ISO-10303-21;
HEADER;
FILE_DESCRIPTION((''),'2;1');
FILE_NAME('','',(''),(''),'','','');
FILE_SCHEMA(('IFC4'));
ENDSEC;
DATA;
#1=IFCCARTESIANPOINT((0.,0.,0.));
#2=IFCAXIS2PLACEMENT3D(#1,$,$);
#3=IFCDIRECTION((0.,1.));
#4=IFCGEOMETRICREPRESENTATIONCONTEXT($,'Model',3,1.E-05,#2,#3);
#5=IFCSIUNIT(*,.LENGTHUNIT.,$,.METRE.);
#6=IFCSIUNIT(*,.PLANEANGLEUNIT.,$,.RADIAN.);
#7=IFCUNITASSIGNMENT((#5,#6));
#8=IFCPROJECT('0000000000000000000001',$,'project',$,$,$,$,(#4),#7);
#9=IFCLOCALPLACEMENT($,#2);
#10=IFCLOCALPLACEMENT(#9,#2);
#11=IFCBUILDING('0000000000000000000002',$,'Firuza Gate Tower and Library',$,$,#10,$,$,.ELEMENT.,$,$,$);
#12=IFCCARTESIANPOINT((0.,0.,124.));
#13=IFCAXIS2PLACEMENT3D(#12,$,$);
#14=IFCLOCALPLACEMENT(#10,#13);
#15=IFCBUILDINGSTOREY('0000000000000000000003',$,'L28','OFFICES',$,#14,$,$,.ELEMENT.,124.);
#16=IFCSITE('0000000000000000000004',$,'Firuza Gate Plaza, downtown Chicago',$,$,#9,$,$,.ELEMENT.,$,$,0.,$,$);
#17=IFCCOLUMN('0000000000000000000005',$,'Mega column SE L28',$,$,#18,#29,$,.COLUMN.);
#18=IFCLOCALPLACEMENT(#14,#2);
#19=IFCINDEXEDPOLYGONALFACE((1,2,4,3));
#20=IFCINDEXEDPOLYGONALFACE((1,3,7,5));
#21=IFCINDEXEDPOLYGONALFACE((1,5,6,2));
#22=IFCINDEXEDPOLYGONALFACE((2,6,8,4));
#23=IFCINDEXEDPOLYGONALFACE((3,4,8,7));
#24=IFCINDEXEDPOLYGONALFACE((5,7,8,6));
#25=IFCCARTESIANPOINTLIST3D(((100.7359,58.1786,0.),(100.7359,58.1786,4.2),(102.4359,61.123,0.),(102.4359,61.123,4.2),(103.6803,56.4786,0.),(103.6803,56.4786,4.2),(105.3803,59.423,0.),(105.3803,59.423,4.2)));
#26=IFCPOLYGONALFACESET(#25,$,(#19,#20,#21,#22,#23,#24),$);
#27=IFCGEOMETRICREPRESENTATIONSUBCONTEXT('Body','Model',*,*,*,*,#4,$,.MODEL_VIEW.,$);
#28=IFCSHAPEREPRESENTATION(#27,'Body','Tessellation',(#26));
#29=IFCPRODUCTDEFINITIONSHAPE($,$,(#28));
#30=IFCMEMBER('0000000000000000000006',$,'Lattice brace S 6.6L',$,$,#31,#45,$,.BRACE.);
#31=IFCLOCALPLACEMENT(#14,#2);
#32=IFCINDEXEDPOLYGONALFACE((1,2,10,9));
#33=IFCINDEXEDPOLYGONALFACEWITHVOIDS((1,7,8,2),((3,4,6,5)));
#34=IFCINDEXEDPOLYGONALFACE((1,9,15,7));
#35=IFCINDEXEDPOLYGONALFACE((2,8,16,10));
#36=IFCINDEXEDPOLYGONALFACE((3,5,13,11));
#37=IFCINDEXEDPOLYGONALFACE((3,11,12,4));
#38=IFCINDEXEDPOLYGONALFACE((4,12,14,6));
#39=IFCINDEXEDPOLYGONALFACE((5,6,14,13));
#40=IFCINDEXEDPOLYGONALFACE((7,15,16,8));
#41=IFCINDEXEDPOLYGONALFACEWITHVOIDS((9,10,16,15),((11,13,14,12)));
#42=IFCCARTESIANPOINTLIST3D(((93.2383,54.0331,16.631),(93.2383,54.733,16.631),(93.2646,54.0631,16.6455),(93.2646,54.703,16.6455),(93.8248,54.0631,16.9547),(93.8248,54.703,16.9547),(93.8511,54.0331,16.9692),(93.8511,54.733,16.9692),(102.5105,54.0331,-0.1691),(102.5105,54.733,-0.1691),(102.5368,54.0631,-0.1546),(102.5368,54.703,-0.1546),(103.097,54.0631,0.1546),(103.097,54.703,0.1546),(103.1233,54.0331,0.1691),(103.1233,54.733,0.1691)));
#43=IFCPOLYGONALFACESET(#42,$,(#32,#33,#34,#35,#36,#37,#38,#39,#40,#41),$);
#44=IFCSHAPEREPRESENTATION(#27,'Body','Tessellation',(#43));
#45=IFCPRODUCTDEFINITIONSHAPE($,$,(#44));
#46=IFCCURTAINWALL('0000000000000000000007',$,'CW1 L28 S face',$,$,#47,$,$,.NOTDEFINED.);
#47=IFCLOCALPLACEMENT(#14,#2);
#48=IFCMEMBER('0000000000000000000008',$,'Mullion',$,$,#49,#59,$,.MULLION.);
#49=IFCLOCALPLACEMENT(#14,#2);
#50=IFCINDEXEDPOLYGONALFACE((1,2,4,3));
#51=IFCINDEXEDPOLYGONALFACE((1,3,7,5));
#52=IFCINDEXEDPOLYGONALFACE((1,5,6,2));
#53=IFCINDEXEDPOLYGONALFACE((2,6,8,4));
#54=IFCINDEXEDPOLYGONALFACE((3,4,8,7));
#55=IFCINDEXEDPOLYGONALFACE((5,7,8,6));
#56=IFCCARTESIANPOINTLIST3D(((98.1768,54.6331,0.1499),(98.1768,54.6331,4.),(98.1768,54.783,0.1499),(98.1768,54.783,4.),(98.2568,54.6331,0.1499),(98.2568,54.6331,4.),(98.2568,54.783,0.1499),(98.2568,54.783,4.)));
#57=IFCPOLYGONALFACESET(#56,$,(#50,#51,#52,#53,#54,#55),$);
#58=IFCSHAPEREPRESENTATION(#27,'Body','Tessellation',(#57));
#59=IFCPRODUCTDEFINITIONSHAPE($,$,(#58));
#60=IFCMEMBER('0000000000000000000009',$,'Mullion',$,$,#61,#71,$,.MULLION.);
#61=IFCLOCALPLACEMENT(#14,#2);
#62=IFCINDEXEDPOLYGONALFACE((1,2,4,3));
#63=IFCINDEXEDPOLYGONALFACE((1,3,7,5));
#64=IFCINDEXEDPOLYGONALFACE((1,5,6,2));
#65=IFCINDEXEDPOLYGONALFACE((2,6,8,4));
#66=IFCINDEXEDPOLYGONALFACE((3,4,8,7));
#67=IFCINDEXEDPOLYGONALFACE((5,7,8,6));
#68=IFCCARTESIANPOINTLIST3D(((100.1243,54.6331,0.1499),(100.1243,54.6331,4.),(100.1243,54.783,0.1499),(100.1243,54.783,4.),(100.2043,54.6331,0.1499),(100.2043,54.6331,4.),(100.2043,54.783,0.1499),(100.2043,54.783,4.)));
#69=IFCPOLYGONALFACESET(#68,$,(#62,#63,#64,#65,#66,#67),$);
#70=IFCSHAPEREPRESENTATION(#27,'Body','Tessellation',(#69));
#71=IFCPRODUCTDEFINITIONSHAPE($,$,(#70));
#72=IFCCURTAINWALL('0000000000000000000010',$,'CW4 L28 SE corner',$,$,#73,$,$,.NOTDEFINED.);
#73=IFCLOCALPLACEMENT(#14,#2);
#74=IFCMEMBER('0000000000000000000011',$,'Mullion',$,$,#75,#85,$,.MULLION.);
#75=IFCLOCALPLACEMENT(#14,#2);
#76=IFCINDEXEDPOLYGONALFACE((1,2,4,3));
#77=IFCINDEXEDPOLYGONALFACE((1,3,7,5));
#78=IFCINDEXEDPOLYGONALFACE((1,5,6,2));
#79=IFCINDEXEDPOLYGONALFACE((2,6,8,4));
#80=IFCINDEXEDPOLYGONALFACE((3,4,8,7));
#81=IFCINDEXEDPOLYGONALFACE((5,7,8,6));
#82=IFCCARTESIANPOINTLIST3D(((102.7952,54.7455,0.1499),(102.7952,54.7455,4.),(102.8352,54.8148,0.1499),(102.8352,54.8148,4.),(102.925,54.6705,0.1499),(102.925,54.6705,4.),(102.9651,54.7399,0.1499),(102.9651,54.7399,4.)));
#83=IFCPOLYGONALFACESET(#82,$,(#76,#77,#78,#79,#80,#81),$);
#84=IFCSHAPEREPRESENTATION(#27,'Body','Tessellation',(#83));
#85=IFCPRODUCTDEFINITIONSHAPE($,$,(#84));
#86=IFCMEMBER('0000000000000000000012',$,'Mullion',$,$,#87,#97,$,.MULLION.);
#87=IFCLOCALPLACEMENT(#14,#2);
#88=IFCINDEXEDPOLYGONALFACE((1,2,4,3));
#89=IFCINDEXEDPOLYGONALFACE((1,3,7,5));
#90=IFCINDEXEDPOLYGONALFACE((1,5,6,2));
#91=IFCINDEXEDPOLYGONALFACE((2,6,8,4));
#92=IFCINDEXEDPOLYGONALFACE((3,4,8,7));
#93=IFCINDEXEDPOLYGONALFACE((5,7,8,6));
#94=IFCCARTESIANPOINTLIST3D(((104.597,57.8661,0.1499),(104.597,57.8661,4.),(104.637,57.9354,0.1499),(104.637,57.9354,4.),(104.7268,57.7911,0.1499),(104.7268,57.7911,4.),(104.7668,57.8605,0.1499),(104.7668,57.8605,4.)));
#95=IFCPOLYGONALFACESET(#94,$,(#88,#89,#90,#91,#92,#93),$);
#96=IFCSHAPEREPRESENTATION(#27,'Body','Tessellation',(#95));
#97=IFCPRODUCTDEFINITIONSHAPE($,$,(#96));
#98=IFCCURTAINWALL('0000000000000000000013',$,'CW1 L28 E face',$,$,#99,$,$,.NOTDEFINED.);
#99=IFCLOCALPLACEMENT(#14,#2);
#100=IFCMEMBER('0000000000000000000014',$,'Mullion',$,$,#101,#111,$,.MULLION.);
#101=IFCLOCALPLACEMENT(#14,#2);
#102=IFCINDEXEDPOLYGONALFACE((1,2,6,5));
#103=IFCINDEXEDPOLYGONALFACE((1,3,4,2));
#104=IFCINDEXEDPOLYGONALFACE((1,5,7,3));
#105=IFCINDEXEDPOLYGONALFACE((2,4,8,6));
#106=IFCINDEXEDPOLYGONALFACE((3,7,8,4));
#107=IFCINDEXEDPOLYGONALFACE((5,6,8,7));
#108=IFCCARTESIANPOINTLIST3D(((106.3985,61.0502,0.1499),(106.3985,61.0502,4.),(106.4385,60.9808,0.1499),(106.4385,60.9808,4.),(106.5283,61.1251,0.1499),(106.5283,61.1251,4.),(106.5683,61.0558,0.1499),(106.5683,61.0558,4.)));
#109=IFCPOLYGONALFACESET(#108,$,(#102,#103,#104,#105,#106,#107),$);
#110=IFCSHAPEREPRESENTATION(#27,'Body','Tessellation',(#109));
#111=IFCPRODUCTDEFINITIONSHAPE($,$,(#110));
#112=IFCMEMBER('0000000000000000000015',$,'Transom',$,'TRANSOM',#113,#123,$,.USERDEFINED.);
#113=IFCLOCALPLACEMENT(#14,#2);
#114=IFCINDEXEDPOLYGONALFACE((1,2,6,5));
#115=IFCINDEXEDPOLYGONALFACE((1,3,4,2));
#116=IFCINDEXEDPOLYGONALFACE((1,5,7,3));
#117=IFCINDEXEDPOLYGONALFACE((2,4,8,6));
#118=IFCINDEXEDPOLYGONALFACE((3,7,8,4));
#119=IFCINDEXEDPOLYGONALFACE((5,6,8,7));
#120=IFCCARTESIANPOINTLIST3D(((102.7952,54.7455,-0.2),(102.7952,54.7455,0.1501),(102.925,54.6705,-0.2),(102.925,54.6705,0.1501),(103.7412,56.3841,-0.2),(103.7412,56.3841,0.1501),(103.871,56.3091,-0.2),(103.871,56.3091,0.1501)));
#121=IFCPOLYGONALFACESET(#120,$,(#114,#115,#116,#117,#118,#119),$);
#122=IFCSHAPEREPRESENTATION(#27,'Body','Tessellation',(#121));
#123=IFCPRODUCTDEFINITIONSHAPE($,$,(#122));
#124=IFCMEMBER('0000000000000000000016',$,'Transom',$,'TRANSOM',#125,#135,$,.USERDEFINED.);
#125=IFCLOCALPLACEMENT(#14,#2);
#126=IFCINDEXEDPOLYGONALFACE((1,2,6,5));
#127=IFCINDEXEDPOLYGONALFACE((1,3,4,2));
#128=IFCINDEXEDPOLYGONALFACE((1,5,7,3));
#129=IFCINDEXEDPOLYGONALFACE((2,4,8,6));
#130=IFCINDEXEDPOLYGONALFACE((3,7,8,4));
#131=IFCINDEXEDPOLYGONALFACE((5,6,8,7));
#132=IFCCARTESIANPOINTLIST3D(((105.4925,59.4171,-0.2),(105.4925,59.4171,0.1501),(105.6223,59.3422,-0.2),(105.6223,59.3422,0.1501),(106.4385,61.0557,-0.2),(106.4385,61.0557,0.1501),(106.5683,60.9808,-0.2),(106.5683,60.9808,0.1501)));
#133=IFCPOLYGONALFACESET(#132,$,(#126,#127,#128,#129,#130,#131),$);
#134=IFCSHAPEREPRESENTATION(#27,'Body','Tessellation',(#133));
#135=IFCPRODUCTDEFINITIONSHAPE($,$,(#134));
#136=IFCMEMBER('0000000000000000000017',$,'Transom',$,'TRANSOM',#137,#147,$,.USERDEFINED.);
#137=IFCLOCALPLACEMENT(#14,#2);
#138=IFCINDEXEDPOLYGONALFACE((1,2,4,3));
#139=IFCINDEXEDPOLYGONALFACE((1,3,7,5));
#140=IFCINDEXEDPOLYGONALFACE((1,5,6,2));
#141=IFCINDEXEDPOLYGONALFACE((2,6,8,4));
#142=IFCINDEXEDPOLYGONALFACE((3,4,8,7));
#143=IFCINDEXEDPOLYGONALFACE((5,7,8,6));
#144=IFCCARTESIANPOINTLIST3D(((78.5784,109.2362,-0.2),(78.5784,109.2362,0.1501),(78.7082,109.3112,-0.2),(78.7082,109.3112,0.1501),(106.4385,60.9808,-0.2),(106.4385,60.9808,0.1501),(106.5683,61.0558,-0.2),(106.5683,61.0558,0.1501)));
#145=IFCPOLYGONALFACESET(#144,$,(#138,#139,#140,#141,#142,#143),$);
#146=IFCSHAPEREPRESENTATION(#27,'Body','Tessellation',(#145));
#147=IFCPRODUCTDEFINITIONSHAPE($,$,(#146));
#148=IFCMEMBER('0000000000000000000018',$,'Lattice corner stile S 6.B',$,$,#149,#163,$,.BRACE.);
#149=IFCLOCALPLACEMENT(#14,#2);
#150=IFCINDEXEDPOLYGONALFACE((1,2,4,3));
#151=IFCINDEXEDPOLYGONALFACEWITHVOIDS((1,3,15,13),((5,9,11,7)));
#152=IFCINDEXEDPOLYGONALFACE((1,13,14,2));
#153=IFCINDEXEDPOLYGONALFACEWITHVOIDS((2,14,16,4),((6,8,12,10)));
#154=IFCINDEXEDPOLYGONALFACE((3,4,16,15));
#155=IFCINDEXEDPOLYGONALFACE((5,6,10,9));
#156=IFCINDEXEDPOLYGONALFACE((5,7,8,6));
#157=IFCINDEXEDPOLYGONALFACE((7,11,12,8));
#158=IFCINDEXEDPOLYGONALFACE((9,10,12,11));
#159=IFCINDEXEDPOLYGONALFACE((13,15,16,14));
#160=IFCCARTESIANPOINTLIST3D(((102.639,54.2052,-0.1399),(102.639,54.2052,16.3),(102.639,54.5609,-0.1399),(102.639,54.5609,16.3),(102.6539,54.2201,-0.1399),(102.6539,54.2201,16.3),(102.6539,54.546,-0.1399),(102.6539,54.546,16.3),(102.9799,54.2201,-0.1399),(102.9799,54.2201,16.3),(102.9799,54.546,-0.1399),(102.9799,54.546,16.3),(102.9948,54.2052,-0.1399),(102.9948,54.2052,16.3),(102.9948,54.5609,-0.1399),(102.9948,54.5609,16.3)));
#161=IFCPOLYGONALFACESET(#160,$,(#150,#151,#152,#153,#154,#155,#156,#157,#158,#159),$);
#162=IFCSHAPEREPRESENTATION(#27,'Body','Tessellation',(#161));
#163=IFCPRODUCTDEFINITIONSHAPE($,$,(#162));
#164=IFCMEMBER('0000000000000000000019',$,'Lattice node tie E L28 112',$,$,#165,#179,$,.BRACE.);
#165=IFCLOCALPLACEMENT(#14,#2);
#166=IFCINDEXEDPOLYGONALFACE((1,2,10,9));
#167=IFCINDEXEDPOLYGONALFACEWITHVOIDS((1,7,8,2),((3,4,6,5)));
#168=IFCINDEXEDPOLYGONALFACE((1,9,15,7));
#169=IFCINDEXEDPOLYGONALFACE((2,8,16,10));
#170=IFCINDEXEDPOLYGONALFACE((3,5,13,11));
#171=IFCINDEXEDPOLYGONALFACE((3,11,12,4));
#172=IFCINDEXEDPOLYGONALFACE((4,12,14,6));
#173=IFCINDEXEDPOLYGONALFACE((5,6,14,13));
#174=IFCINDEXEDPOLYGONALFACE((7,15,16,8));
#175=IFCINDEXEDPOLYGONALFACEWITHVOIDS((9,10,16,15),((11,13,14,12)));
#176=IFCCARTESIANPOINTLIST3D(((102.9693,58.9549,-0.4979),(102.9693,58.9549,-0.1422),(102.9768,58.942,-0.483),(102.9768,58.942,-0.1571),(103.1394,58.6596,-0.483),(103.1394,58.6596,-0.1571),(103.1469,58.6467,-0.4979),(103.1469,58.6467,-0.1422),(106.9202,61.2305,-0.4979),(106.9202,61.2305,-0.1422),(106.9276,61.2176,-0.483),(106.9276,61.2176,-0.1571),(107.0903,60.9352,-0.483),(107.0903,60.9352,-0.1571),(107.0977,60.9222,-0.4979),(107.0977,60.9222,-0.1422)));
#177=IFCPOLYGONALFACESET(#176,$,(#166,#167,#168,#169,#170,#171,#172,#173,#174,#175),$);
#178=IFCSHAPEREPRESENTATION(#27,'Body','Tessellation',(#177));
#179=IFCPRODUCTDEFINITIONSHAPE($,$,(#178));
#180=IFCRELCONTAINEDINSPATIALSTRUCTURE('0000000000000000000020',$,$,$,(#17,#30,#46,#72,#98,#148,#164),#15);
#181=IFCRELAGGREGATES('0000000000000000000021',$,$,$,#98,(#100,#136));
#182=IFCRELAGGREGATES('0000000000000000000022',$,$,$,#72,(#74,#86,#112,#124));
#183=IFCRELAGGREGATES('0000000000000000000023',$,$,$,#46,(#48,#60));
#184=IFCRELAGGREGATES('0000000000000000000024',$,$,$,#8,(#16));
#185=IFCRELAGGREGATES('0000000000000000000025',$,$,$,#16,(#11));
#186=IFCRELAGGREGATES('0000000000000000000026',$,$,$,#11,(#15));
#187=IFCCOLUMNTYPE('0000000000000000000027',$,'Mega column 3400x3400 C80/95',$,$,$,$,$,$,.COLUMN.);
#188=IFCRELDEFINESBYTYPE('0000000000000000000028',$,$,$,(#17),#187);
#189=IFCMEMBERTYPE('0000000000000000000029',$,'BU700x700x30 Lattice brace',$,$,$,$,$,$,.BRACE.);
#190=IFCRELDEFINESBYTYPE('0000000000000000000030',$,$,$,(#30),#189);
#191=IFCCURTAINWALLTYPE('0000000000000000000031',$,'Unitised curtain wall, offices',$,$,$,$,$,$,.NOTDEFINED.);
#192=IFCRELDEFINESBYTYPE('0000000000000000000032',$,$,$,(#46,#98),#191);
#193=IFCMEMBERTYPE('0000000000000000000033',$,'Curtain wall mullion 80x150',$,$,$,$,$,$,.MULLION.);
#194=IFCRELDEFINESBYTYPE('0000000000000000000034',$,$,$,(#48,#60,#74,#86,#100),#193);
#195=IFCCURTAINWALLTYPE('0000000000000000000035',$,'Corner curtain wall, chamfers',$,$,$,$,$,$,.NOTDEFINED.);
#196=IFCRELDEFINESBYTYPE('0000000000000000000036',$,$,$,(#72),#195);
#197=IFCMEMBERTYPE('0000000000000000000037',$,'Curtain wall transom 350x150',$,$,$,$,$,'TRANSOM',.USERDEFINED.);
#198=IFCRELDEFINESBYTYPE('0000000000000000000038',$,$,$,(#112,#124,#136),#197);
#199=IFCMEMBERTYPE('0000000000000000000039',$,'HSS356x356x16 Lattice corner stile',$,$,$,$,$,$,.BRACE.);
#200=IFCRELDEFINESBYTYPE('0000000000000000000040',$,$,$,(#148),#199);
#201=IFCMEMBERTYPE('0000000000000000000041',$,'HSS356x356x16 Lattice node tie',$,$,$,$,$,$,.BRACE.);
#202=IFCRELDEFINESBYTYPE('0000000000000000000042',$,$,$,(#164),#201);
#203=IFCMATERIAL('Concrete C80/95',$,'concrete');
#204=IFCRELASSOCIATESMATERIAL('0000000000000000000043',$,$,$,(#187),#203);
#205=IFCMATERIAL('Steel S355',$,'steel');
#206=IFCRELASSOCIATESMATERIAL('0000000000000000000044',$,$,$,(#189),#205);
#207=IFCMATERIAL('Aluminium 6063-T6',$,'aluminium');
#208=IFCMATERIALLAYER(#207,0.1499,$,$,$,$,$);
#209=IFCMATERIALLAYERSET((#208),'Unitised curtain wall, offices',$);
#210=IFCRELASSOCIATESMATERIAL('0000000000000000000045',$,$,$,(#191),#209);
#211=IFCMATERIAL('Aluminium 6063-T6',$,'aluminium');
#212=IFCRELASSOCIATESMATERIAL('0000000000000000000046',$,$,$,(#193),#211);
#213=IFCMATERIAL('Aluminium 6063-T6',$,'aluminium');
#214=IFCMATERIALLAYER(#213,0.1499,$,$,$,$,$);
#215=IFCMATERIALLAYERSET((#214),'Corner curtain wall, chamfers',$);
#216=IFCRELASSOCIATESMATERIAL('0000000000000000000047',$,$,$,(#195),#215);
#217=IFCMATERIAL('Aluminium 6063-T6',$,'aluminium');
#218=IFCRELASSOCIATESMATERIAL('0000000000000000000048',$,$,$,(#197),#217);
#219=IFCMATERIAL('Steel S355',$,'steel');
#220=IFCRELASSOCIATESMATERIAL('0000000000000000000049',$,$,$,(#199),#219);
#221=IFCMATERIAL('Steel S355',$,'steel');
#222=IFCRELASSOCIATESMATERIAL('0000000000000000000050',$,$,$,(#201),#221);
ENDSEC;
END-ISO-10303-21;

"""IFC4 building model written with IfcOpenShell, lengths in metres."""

from ifc_helpers import new_model, si_unit, direction, frame, origin, origin_2d, place, context, subcontext, project, spatial, rectangle, hollow_rectangle, extrude, material, layer, layer_set, material_profile, profile_set, type_object, element, aggregate, save


model = new_model("IFC4")

# Units and contexts
model_context = context("Model", 3, precision=1e-05, world=origin(), true_north=direction((0.0, 1.0)))
body_context = subcontext(model_context, "Body", "Model", "MODEL_VIEW")
ifc_project = project(units=[si_unit("LENGTHUNIT", "METRE"), si_unit("PLANEANGLEUNIT", "RADIAN")], contexts=[model_context])

# Site, building, storey
site_placement = place(None, origin())
site = spatial("IfcSite", under=ifc_project, at=site_placement, Name="Firuza Gate Plaza, downtown Chicago", CompositionType="ELEMENT", RefElevation=0.0)
building_placement = place(site_placement, origin())
building = spatial("IfcBuilding", under=site, at=building_placement, Name="Firuza Gate Tower and Library", CompositionType="ELEMENT")
storey_placement = place(building_placement, frame((0.0, 0.0, 124.0)))
storey = spatial("IfcBuildingStorey", under=building, at=storey_placement, Name="L28", Description="OFFICES", CompositionType="ELEMENT", Elevation=124.0)

# Column
ifc_material_1 = material(Name="Concrete C80/95", Category="concrete")
ifc_material_profile_1 = material_profile(ifc_material_1, rectangle(XDim=3.3999, YDim=3.3999, at=origin_2d()))
ifc_profile_set_1 = profile_set([ifc_material_profile_1], Name="Concrete C80/95")
column_type = type_object("IfcColumnType", Name="Mega column 3400x3400 C80/95", PredefinedType="COLUMN", material=ifc_profile_set_1)
column_placement = place(storey_placement, frame((103.0581, 58.8008, 0.0), z_axis=(0.0, 0.0, 1.0), x_axis=(0.5, 0.866025, 0.0)))
element("IfcColumn", 1, at=column_placement, inside=storey, type_object=column_type, Name="Mega column SE L28", PredefinedType="COLUMN", context=body_context, shape_type="SweptSolid", body=[
    extrude(rectangle(XDim=3.3999, YDim=3.3999, at=origin_2d()), origin(), (0.0, 0.0, 1.0), 4.2),
])

# Member
ifc_material_2 = material(Name="Steel S355", Category="steel")
ifc_material_profile_2 = material_profile(ifc_material_2, hollow_rectangle(XDim=0.7, YDim=0.7, WallThickness=0.03, at=origin_2d()))
ifc_profile_set_2 = profile_set([ifc_material_profile_2], Name="Steel S355")
member_type_1 = type_object("IfcMemberType", Name="BU700x700x30 Lattice brace", PredefinedType="BRACE", material=ifc_profile_set_2)
member_1_placement = place(storey_placement, frame((102.8169, 54.3831, 0.0), z_axis=(-0.483206, 0.0, 0.875507), x_axis=(0.0, -1.0, 0.0)))
element("IfcMember", 2, at=member_1_placement, inside=storey, type_object=member_type_1, Name="Lattice brace S 6.6L", PredefinedType="BRACE", context=body_context, shape_type="SweptSolid", body=[
    extrude(hollow_rectangle(XDim=0.7, YDim=0.7, WallThickness=0.03, at=origin_2d()), origin(), (0.0, 0.0, 1.0), 19.189),
])

# Curtain walls, members
ifc_material_3 = material(Name="Aluminium 6063-T6", Category="aluminium")
ifc_layer_1 = layer(ifc_material_3, 0.1499)
ifc_layer_set_1 = layer_set([ifc_layer_1], Name="Unitised curtain wall, offices")
curtain_wall_type_1 = type_object("IfcCurtainWallType", Name="Unitised curtain wall, offices", PredefinedType="NOTDEFINED", material=ifc_layer_set_1)
placement = place(storey_placement, origin())
curtain_wall_1 = element("IfcCurtainWall", 3, at=placement, inside=storey, type_object=curtain_wall_type_1, Name="CW1 L28 S face", PredefinedType="NOTDEFINED")
ifc_material_4 = material(Name="Aluminium 6063-T6", Category="aluminium")
ifc_material_profile_3 = material_profile(ifc_material_4, rectangle(XDim=0.1499, YDim=0.0801, at=origin_2d()))
ifc_profile_set_3 = profile_set([ifc_material_profile_3], Name="Aluminium 6063-T6")
member_type_2 = type_object("IfcMemberType", Name="Curtain wall mullion 80x150", PredefinedType="MULLION", material=ifc_profile_set_3)
member_2_placement = place(storey_placement, frame((98.2168, 54.708, 0.1499), z_axis=(0.0, 0.0, 1.0), x_axis=(0.0, 1.0, 0.0)))
member_2 = element("IfcMember", 4, at=member_2_placement, type_object=member_type_2, Name="Mullion", PredefinedType="MULLION", context=body_context, shape_type="SweptSolid", body=[
    extrude(rectangle(XDim=0.1499, YDim=0.0801, at=origin_2d()), origin(), (0.0, 0.0, 1.0), 3.8501),
])
member_3_placement = place(storey_placement, frame((100.1643, 54.708, 0.1499), z_axis=(0.0, 0.0, 1.0), x_axis=(0.0, 1.0, 0.0)))
member_3 = element("IfcMember", 5, at=member_3_placement, type_object=member_type_2, Name="Mullion", PredefinedType="MULLION", context=body_context, shape_type="SweptSolid", body=[
    extrude(rectangle(XDim=0.1499, YDim=0.0801, at=origin_2d()), origin(), (0.0, 0.0, 1.0), 3.8501),
])
ifc_material_5 = material(Name="Aluminium 6063-T6", Category="aluminium")
ifc_layer_2 = layer(ifc_material_5, 0.1499)
ifc_layer_set_2 = layer_set([ifc_layer_2], Name="Corner curtain wall, chamfers")
curtain_wall_type_2 = type_object("IfcCurtainWallType", Name="Corner curtain wall, chamfers", PredefinedType="NOTDEFINED", material=ifc_layer_set_2)
curtain_wall_2 = element("IfcCurtainWall", 6, at=placement, inside=storey, type_object=curtain_wall_type_2, Name="CW4 L28 SE corner", PredefinedType="NOTDEFINED")
member_4_placement = place(storey_placement, frame((102.8801, 54.7427, 0.1499), z_axis=(0.0, 0.0, 1.0), x_axis=(-0.866025, 0.5, 0.0)))
member_4 = element("IfcMember", 7, at=member_4_placement, type_object=member_type_2, Name="Mullion", PredefinedType="MULLION", context=body_context, shape_type="SweptSolid", body=[
    extrude(rectangle(XDim=0.1499, YDim=0.0801, at=origin_2d()), origin(), (0.0, 0.0, 1.0), 3.8501),
])
member_5_placement = place(storey_placement, frame((104.6819, 57.8633, 0.1499), z_axis=(0.0, 0.0, 1.0), x_axis=(-0.866025, 0.5, 0.0)))
member_5 = element("IfcMember", 8, at=member_5_placement, type_object=member_type_2, Name="Mullion", PredefinedType="MULLION", context=body_context, shape_type="SweptSolid", body=[
    extrude(rectangle(XDim=0.1499, YDim=0.0801, at=origin_2d()), origin(), (0.0, 0.0, 1.0), 3.8501),
])

# Curtain wall, member
curtain_wall_3 = element("IfcCurtainWall", 9, at=placement, inside=storey, type_object=curtain_wall_type_1, Name="CW1 L28 E face", PredefinedType="NOTDEFINED")
member_6_placement = place(storey_placement, frame((106.4834, 61.053, 0.1499), z_axis=(0.0, 0.0, 1.0), x_axis=(-0.866025, -0.5, 0.0)))
member_6 = element("IfcMember", 10, at=member_6_placement, type_object=member_type_2, Name="Mullion", PredefinedType="MULLION", context=body_context, shape_type="SweptSolid", body=[
    extrude(rectangle(XDim=0.1499, YDim=0.0801, at=origin_2d()), origin(), (0.0, 0.0, 1.0), 3.8501),
])

# Members
ifc_material_6 = material(Name="Aluminium 6063-T6", Category="aluminium")
ifc_material_profile_4 = material_profile(ifc_material_6, rectangle(XDim=0.1499, YDim=0.3501, at=origin_2d()))
ifc_profile_set_4 = profile_set([ifc_material_profile_4], Name="Aluminium 6063-T6")
member_type_3 = type_object("IfcMemberType", Name="Curtain wall transom 350x150", ElementType="TRANSOM", PredefinedType="USERDEFINED", material=ifc_profile_set_4)
member_7_placement = place(storey_placement, frame((102.8601, 54.708, -0.0249), z_axis=(0.499983, 0.866035, 0.0), x_axis=(-0.866035, 0.499983, 0.0)))
member_7 = element("IfcMember", 11, at=member_7_placement, type_object=member_type_3, Name="Transom", ObjectType="TRANSOM", PredefinedType="USERDEFINED", context=body_context, shape_type="SweptSolid", body=[
    extrude(rectangle(XDim=0.1499, YDim=0.3501, at=origin_2d()), origin(), (0.0, 0.0, 1.0), 1.8921),
])
member_8_placement = place(storey_placement, frame((105.5574, 59.3796, -0.0249), z_axis=(0.499983, 0.866035, 0.0), x_axis=(-0.866035, 0.499983, 0.0)))
member_8 = element("IfcMember", 12, at=member_8_placement, type_object=member_type_3, Name="Transom", ObjectType="TRANSOM", PredefinedType="USERDEFINED", context=body_context, shape_type="SweptSolid", body=[
    extrude(rectangle(XDim=0.1499, YDim=0.3501, at=origin_2d()), origin(), (0.0, 0.0, 1.0), 1.8921),
])
member_9_placement = place(storey_placement, frame((106.5034, 61.0183, -0.0249), z_axis=(-0.499998, 0.866027, 0.0), x_axis=(-0.866027, -0.499998, 0.0)))
member_9 = element("IfcMember", 13, at=member_9_placement, type_object=member_type_3, Name="Transom", ObjectType="TRANSOM", PredefinedType="USERDEFINED", context=body_context, shape_type="SweptSolid", body=[
    extrude(rectangle(XDim=0.1499, YDim=0.3501, at=origin_2d()), origin(), (0.0, 0.0, 1.0), 55.7205),
])
aggregate(curtain_wall_3, [member_6, member_9])

# Members
ifc_material_7 = material(Name="Steel S355", Category="steel")
ifc_material_profile_5 = material_profile(ifc_material_7, hollow_rectangle(XDim=0.3557, YDim=0.3557, WallThickness=0.0149, at=origin_2d()))
ifc_profile_set_5 = profile_set([ifc_material_profile_5], Name="Steel S355")
member_type_4 = type_object("IfcMemberType", Name="HSS356x356x16 Lattice corner stile", PredefinedType="BRACE", material=ifc_profile_set_5)
member_10_placement = place(storey_placement, frame((102.8169, 54.3831, -0.1399), z_axis=(0.0, 0.0, 1.0), x_axis=(1.0, 0.0, 0.0)))
element("IfcMember", 14, at=member_10_placement, inside=storey, type_object=member_type_4, Name="Lattice corner stile S 6.B", PredefinedType="BRACE", context=body_context, shape_type="SweptSolid", body=[
    extrude(hollow_rectangle(XDim=0.3557, YDim=0.3557, WallThickness=0.0149, at=origin_2d()), origin(), (0.0, 0.0, 1.0), 16.4399),
])
ifc_material_8 = material(Name="Steel S355", Category="steel")
ifc_material_profile_6 = material_profile(ifc_material_8, hollow_rectangle(XDim=0.3557, YDim=0.3557, WallThickness=0.0149, at=origin_2d()))
ifc_profile_set_6 = profile_set([ifc_material_profile_6], Name="Steel S355")
member_type_5 = type_object("IfcMemberType", Name="HSS356x356x16 Lattice node tie", PredefinedType="BRACE", material=ifc_profile_set_6)
member_11_placement = place(storey_placement, frame((103.0581, 58.8008, -0.3201), z_axis=(0.866541, 0.499106, 0.0), x_axis=(-0.499106, 0.866541, 0.0)))
element("IfcMember", 15, at=member_11_placement, inside=storey, type_object=member_type_5, Name="Lattice node tie E L28 112", PredefinedType="BRACE", context=body_context, shape_type="SweptSolid", body=[
    extrude(hollow_rectangle(XDim=0.3557, YDim=0.3557, WallThickness=0.0149, at=origin_2d()), origin(), (0.0, 0.0, 1.0), 4.5593),
])

aggregate(curtain_wall_2, [member_4, member_5, member_7, member_8])
aggregate(curtain_wall_1, [member_2, member_3])

save(model, "model.ifc")
